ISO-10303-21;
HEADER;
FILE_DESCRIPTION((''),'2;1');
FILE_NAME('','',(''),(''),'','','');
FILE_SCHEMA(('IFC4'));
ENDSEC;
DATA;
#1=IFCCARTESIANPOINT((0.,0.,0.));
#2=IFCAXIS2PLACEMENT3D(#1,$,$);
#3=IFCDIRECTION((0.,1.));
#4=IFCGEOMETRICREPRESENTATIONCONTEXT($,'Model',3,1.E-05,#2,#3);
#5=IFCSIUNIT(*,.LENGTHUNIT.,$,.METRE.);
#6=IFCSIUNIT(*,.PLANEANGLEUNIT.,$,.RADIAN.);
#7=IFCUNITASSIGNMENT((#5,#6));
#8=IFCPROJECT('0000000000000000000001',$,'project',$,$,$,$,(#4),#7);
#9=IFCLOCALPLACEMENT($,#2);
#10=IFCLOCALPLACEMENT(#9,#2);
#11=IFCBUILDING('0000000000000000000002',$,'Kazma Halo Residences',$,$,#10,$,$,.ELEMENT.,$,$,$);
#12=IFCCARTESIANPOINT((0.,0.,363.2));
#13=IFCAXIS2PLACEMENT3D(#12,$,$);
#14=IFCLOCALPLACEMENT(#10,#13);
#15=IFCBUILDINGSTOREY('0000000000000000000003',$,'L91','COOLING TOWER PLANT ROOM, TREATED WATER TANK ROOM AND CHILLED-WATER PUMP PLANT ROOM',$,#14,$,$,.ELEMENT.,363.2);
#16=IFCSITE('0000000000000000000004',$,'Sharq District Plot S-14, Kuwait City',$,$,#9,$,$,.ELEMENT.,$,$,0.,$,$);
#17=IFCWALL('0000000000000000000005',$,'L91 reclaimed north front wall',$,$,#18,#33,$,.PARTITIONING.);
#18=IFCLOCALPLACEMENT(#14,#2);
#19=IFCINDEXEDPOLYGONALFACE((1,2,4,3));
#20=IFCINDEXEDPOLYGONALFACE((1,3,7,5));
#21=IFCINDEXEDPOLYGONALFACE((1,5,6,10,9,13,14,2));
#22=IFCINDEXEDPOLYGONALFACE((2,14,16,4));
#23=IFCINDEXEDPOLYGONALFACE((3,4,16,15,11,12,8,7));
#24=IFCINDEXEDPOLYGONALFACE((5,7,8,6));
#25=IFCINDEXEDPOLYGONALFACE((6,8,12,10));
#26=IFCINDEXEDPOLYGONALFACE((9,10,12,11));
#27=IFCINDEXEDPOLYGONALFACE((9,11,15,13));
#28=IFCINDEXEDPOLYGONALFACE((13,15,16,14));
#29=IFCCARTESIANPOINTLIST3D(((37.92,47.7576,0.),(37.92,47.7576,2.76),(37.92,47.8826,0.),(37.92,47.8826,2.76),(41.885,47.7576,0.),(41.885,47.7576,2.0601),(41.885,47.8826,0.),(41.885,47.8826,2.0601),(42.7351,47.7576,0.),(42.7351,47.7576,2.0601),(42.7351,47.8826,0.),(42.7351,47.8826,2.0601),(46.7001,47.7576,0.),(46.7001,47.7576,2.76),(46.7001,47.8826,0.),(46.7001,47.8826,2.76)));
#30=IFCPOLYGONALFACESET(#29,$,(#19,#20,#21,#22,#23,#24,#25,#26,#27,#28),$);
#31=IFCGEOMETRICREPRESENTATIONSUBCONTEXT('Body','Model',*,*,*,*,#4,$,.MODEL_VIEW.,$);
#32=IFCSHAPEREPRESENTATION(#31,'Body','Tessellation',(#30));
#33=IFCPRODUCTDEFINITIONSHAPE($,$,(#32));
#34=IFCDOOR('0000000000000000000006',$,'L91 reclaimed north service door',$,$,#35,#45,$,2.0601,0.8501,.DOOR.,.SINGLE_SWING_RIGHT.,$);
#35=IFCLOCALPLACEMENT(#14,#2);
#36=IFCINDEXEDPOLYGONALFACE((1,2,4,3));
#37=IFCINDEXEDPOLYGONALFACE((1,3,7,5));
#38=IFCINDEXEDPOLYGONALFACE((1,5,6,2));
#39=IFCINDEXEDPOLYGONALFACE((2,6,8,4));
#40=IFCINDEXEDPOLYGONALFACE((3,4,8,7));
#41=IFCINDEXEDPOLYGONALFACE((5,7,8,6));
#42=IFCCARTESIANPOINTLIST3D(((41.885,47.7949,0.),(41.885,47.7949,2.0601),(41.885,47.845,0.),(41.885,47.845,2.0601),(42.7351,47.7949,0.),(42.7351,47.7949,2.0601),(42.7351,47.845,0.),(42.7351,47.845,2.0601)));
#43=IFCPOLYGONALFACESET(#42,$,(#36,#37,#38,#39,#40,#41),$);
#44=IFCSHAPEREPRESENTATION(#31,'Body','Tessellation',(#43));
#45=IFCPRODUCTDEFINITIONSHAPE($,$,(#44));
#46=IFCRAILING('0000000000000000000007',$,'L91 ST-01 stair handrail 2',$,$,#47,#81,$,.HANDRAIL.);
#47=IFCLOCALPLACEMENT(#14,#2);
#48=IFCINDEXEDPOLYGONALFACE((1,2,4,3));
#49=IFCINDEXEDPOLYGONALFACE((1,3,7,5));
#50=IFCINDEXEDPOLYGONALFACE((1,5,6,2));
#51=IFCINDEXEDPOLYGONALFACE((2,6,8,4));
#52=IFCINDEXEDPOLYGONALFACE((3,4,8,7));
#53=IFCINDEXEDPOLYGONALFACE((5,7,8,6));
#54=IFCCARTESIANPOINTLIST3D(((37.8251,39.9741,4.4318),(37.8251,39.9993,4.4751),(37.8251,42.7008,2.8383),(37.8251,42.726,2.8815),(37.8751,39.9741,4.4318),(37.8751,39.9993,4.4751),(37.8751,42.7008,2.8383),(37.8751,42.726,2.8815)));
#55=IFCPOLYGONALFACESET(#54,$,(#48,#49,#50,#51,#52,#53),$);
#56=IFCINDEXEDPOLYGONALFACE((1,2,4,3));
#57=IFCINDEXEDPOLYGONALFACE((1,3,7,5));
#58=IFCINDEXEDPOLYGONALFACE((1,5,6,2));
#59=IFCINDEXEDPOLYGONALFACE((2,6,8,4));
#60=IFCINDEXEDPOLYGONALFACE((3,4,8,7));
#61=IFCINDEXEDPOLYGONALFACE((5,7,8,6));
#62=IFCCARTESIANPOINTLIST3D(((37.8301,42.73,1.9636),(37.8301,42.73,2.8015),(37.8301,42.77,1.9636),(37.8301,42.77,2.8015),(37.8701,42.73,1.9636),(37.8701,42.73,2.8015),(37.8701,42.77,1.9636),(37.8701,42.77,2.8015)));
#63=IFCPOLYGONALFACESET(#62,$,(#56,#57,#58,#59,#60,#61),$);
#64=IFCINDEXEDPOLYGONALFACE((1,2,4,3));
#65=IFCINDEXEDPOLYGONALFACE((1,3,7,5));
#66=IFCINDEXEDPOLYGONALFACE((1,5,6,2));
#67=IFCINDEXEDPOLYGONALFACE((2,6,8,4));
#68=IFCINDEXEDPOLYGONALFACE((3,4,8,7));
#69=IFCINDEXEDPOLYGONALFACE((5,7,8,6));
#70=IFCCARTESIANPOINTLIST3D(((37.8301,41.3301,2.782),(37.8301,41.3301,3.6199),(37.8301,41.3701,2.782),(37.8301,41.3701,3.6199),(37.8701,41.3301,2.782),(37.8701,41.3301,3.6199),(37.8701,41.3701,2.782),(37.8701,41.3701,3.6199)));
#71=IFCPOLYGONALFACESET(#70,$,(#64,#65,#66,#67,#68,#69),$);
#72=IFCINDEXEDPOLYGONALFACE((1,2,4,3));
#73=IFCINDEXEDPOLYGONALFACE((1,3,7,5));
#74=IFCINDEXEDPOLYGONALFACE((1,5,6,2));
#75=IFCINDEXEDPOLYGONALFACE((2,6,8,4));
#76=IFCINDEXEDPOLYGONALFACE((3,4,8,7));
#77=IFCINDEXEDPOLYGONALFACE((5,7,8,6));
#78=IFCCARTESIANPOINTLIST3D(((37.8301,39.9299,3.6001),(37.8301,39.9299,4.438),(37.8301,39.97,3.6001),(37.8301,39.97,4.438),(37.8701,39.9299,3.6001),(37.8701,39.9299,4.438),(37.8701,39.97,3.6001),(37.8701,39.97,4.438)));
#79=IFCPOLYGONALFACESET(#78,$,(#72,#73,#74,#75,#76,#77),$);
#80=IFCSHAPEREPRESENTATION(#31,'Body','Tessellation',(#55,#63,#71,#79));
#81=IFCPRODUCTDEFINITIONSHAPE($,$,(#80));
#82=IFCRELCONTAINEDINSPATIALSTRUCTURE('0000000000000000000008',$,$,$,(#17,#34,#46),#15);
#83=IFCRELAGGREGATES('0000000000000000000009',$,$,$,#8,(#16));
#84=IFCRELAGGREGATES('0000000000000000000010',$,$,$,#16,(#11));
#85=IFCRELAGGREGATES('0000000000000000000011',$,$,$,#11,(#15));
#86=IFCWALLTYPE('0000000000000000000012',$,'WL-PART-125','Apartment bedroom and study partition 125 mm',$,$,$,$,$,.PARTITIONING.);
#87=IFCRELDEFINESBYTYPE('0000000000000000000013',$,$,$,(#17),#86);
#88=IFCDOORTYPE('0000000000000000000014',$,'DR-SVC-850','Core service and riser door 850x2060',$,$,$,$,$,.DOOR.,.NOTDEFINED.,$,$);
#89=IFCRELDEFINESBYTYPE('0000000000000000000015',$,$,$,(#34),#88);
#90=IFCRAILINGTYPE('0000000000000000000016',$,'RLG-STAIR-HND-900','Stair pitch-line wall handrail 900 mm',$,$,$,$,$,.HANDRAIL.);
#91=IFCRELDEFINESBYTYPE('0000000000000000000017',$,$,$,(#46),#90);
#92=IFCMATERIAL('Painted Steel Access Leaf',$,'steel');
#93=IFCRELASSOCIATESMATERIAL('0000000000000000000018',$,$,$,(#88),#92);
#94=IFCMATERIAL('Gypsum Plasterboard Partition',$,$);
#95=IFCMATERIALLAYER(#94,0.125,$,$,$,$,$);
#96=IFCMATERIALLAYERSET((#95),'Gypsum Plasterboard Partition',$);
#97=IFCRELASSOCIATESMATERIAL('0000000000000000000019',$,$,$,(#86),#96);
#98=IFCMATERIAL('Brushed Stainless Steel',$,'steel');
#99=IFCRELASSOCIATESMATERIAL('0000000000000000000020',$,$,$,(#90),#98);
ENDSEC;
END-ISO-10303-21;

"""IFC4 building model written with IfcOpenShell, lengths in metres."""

from ifc_helpers import new_model, si_unit, direction, frame, frame_2d, origin, origin_2d, place, context, subcontext, project, spatial, rectangle, extrude, material, layer, layer_set, type_object, element, fill, save


model = new_model("IFC4")

# Units and contexts
model_context = context("Model", 3, precision=1e-05, world=origin(), true_north=direction((0.0, 1.0)))
body_context = subcontext(model_context, "Body", "Model", "MODEL_VIEW")
ifc_project = project(units=[si_unit("LENGTHUNIT", "METRE"), si_unit("PLANEANGLEUNIT", "RADIAN")], contexts=[model_context])

# Site, building, storey
site_placement = place(None, origin())
site = spatial("IfcSite", under=ifc_project, at=site_placement, Name="Sharq District Plot S-14, Kuwait City", CompositionType="ELEMENT", RefElevation=0.0)
building_placement = place(site_placement, origin())
building = spatial("IfcBuilding", under=site, at=building_placement, Name="Kazma Halo Residences", CompositionType="ELEMENT")
storey_placement = place(building_placement, frame((0.0, 0.0, 363.2)))
storey = spatial("IfcBuildingStorey", under=building, at=storey_placement, Name="L91", Description="COOLING TOWER PLANT ROOM, TREATED WATER TANK ROOM AND CHILLED-WATER PUMP PLANT ROOM", CompositionType="ELEMENT", Elevation=363.2)

# Wall, opening, door
ifc_material_1 = material(Name="Painted Steel Access Leaf", Category="steel")
door_type = type_object("IfcDoorType", Name="DR-SVC-850", Description="Core service and riser door 850x2060", OperationType="NOTDEFINED", PredefinedType="DOOR", material=ifc_material_1)
ifc_material_2 = material(Name="Gypsum Plasterboard Partition")
ifc_layer_1 = layer(ifc_material_2, 0.125)
ifc_layer_set_1 = layer_set([ifc_layer_1], Name="Gypsum Plasterboard Partition")
wall_type_1 = type_object("IfcWallType", Name="WL-PART-125", Description="Apartment bedroom and study partition 125 mm", PredefinedType="PARTITIONING", material=ifc_layer_set_1)
wall_1_placement = place(storey_placement, frame((37.9199, 47.8201, 0.0), z_axis=(0.0, 0.0, 1.0), x_axis=(1.0, 0.0, 0.0)))
wall_1 = element("IfcWall", 1, at=wall_1_placement, inside=storey, type_object=wall_type_1, Name="L91 reclaimed north front wall", PredefinedType="PARTITIONING", context=body_context, shape_type="SweptSolid", body=[
    extrude(rectangle(XDim=8.78, YDim=0.125, at=frame_2d((4.3901, 0.0))), origin(), (0.0, 0.0, 1.0), 2.76),
])
opening_1_placement = place(wall_1_placement, frame((3.9651, 0.0, 0.0)))
opening_1 = element("IfcOpeningElement", 2, at=opening_1_placement, cuts=wall_1, PredefinedType="OPENING", context=body_context, shape_type="SweptSolid", body=[
    extrude(rectangle(XDim=0.8501, YDim=2.0601, at=frame_2d((0.425, 1.03))), frame((0.0, 0.0725, 0.0), z_axis=(0.0, -1.0, 0.0), x_axis=(1.0, 0.0, 0.0)), (0.0, 0.0, 1.0), 0.145),
])
door_1_placement = place(opening_1_placement, origin())
door_1 = element("IfcDoor", 3, at=door_1_placement, inside=storey, type_object=door_type, Name="L91 reclaimed north service door", OperationType="SINGLE_SWING_RIGHT", OverallHeight=2.0601, OverallWidth=0.8501, PredefinedType="DOOR", context=body_context, shape_type="SweptSolid", body=[
    extrude(rectangle(XDim=0.8501, YDim=2.0601, at=frame_2d((0.425, 1.03))), frame((0.0, 0.0249, 0.0), z_axis=(0.0, -1.0, 0.0), x_axis=(1.0, 0.0, 0.0)), (0.0, 0.0, 1.0), 0.05),
])
fill(opening_1, door_1)

# Railing
ifc_material_3 = material(Name="Brushed Stainless Steel", Category="steel")
railing_type = type_object("IfcRailingType", Name="RLG-STAIR-HND-900", Description="Stair pitch-line wall handrail 900 mm", PredefinedType="HANDRAIL", material=ifc_material_3)
railing_placement = place(storey_placement, frame((37.8501, 42.75, 1.9636)))
element("IfcRailing", 4, at=railing_placement, inside=storey, type_object=railing_type, Name="L91 ST-01 stair handrail 2", PredefinedType="HANDRAIL", context=body_context, shape_type="SweptSolid", body=[
    extrude(rectangle(XDim=0.05, YDim=0.05, at=origin_2d()), frame((0.0, -0.0366, 0.8962), z_axis=(0.0, -0.863361, 0.504587), x_axis=(1.0, 0.0, 0.0)), (0.0, 0.0, 1.0), 3.1582),
    extrude(rectangle(XDim=0.04, YDim=0.04, at=origin_2d()), origin(), (0.0, 0.0, 1.0), 0.8379),
    extrude(rectangle(XDim=0.04, YDim=0.04, at=origin_2d()), frame((0.0, -1.3999, 0.8184)), (0.0, 0.0, 1.0), 0.8379),
    extrude(rectangle(XDim=0.04, YDim=0.04, at=origin_2d()), frame((0.0, -2.8, 1.6365)), (0.0, 0.0, 1.0), 0.8379),
])

save(model, "model.ifc")
